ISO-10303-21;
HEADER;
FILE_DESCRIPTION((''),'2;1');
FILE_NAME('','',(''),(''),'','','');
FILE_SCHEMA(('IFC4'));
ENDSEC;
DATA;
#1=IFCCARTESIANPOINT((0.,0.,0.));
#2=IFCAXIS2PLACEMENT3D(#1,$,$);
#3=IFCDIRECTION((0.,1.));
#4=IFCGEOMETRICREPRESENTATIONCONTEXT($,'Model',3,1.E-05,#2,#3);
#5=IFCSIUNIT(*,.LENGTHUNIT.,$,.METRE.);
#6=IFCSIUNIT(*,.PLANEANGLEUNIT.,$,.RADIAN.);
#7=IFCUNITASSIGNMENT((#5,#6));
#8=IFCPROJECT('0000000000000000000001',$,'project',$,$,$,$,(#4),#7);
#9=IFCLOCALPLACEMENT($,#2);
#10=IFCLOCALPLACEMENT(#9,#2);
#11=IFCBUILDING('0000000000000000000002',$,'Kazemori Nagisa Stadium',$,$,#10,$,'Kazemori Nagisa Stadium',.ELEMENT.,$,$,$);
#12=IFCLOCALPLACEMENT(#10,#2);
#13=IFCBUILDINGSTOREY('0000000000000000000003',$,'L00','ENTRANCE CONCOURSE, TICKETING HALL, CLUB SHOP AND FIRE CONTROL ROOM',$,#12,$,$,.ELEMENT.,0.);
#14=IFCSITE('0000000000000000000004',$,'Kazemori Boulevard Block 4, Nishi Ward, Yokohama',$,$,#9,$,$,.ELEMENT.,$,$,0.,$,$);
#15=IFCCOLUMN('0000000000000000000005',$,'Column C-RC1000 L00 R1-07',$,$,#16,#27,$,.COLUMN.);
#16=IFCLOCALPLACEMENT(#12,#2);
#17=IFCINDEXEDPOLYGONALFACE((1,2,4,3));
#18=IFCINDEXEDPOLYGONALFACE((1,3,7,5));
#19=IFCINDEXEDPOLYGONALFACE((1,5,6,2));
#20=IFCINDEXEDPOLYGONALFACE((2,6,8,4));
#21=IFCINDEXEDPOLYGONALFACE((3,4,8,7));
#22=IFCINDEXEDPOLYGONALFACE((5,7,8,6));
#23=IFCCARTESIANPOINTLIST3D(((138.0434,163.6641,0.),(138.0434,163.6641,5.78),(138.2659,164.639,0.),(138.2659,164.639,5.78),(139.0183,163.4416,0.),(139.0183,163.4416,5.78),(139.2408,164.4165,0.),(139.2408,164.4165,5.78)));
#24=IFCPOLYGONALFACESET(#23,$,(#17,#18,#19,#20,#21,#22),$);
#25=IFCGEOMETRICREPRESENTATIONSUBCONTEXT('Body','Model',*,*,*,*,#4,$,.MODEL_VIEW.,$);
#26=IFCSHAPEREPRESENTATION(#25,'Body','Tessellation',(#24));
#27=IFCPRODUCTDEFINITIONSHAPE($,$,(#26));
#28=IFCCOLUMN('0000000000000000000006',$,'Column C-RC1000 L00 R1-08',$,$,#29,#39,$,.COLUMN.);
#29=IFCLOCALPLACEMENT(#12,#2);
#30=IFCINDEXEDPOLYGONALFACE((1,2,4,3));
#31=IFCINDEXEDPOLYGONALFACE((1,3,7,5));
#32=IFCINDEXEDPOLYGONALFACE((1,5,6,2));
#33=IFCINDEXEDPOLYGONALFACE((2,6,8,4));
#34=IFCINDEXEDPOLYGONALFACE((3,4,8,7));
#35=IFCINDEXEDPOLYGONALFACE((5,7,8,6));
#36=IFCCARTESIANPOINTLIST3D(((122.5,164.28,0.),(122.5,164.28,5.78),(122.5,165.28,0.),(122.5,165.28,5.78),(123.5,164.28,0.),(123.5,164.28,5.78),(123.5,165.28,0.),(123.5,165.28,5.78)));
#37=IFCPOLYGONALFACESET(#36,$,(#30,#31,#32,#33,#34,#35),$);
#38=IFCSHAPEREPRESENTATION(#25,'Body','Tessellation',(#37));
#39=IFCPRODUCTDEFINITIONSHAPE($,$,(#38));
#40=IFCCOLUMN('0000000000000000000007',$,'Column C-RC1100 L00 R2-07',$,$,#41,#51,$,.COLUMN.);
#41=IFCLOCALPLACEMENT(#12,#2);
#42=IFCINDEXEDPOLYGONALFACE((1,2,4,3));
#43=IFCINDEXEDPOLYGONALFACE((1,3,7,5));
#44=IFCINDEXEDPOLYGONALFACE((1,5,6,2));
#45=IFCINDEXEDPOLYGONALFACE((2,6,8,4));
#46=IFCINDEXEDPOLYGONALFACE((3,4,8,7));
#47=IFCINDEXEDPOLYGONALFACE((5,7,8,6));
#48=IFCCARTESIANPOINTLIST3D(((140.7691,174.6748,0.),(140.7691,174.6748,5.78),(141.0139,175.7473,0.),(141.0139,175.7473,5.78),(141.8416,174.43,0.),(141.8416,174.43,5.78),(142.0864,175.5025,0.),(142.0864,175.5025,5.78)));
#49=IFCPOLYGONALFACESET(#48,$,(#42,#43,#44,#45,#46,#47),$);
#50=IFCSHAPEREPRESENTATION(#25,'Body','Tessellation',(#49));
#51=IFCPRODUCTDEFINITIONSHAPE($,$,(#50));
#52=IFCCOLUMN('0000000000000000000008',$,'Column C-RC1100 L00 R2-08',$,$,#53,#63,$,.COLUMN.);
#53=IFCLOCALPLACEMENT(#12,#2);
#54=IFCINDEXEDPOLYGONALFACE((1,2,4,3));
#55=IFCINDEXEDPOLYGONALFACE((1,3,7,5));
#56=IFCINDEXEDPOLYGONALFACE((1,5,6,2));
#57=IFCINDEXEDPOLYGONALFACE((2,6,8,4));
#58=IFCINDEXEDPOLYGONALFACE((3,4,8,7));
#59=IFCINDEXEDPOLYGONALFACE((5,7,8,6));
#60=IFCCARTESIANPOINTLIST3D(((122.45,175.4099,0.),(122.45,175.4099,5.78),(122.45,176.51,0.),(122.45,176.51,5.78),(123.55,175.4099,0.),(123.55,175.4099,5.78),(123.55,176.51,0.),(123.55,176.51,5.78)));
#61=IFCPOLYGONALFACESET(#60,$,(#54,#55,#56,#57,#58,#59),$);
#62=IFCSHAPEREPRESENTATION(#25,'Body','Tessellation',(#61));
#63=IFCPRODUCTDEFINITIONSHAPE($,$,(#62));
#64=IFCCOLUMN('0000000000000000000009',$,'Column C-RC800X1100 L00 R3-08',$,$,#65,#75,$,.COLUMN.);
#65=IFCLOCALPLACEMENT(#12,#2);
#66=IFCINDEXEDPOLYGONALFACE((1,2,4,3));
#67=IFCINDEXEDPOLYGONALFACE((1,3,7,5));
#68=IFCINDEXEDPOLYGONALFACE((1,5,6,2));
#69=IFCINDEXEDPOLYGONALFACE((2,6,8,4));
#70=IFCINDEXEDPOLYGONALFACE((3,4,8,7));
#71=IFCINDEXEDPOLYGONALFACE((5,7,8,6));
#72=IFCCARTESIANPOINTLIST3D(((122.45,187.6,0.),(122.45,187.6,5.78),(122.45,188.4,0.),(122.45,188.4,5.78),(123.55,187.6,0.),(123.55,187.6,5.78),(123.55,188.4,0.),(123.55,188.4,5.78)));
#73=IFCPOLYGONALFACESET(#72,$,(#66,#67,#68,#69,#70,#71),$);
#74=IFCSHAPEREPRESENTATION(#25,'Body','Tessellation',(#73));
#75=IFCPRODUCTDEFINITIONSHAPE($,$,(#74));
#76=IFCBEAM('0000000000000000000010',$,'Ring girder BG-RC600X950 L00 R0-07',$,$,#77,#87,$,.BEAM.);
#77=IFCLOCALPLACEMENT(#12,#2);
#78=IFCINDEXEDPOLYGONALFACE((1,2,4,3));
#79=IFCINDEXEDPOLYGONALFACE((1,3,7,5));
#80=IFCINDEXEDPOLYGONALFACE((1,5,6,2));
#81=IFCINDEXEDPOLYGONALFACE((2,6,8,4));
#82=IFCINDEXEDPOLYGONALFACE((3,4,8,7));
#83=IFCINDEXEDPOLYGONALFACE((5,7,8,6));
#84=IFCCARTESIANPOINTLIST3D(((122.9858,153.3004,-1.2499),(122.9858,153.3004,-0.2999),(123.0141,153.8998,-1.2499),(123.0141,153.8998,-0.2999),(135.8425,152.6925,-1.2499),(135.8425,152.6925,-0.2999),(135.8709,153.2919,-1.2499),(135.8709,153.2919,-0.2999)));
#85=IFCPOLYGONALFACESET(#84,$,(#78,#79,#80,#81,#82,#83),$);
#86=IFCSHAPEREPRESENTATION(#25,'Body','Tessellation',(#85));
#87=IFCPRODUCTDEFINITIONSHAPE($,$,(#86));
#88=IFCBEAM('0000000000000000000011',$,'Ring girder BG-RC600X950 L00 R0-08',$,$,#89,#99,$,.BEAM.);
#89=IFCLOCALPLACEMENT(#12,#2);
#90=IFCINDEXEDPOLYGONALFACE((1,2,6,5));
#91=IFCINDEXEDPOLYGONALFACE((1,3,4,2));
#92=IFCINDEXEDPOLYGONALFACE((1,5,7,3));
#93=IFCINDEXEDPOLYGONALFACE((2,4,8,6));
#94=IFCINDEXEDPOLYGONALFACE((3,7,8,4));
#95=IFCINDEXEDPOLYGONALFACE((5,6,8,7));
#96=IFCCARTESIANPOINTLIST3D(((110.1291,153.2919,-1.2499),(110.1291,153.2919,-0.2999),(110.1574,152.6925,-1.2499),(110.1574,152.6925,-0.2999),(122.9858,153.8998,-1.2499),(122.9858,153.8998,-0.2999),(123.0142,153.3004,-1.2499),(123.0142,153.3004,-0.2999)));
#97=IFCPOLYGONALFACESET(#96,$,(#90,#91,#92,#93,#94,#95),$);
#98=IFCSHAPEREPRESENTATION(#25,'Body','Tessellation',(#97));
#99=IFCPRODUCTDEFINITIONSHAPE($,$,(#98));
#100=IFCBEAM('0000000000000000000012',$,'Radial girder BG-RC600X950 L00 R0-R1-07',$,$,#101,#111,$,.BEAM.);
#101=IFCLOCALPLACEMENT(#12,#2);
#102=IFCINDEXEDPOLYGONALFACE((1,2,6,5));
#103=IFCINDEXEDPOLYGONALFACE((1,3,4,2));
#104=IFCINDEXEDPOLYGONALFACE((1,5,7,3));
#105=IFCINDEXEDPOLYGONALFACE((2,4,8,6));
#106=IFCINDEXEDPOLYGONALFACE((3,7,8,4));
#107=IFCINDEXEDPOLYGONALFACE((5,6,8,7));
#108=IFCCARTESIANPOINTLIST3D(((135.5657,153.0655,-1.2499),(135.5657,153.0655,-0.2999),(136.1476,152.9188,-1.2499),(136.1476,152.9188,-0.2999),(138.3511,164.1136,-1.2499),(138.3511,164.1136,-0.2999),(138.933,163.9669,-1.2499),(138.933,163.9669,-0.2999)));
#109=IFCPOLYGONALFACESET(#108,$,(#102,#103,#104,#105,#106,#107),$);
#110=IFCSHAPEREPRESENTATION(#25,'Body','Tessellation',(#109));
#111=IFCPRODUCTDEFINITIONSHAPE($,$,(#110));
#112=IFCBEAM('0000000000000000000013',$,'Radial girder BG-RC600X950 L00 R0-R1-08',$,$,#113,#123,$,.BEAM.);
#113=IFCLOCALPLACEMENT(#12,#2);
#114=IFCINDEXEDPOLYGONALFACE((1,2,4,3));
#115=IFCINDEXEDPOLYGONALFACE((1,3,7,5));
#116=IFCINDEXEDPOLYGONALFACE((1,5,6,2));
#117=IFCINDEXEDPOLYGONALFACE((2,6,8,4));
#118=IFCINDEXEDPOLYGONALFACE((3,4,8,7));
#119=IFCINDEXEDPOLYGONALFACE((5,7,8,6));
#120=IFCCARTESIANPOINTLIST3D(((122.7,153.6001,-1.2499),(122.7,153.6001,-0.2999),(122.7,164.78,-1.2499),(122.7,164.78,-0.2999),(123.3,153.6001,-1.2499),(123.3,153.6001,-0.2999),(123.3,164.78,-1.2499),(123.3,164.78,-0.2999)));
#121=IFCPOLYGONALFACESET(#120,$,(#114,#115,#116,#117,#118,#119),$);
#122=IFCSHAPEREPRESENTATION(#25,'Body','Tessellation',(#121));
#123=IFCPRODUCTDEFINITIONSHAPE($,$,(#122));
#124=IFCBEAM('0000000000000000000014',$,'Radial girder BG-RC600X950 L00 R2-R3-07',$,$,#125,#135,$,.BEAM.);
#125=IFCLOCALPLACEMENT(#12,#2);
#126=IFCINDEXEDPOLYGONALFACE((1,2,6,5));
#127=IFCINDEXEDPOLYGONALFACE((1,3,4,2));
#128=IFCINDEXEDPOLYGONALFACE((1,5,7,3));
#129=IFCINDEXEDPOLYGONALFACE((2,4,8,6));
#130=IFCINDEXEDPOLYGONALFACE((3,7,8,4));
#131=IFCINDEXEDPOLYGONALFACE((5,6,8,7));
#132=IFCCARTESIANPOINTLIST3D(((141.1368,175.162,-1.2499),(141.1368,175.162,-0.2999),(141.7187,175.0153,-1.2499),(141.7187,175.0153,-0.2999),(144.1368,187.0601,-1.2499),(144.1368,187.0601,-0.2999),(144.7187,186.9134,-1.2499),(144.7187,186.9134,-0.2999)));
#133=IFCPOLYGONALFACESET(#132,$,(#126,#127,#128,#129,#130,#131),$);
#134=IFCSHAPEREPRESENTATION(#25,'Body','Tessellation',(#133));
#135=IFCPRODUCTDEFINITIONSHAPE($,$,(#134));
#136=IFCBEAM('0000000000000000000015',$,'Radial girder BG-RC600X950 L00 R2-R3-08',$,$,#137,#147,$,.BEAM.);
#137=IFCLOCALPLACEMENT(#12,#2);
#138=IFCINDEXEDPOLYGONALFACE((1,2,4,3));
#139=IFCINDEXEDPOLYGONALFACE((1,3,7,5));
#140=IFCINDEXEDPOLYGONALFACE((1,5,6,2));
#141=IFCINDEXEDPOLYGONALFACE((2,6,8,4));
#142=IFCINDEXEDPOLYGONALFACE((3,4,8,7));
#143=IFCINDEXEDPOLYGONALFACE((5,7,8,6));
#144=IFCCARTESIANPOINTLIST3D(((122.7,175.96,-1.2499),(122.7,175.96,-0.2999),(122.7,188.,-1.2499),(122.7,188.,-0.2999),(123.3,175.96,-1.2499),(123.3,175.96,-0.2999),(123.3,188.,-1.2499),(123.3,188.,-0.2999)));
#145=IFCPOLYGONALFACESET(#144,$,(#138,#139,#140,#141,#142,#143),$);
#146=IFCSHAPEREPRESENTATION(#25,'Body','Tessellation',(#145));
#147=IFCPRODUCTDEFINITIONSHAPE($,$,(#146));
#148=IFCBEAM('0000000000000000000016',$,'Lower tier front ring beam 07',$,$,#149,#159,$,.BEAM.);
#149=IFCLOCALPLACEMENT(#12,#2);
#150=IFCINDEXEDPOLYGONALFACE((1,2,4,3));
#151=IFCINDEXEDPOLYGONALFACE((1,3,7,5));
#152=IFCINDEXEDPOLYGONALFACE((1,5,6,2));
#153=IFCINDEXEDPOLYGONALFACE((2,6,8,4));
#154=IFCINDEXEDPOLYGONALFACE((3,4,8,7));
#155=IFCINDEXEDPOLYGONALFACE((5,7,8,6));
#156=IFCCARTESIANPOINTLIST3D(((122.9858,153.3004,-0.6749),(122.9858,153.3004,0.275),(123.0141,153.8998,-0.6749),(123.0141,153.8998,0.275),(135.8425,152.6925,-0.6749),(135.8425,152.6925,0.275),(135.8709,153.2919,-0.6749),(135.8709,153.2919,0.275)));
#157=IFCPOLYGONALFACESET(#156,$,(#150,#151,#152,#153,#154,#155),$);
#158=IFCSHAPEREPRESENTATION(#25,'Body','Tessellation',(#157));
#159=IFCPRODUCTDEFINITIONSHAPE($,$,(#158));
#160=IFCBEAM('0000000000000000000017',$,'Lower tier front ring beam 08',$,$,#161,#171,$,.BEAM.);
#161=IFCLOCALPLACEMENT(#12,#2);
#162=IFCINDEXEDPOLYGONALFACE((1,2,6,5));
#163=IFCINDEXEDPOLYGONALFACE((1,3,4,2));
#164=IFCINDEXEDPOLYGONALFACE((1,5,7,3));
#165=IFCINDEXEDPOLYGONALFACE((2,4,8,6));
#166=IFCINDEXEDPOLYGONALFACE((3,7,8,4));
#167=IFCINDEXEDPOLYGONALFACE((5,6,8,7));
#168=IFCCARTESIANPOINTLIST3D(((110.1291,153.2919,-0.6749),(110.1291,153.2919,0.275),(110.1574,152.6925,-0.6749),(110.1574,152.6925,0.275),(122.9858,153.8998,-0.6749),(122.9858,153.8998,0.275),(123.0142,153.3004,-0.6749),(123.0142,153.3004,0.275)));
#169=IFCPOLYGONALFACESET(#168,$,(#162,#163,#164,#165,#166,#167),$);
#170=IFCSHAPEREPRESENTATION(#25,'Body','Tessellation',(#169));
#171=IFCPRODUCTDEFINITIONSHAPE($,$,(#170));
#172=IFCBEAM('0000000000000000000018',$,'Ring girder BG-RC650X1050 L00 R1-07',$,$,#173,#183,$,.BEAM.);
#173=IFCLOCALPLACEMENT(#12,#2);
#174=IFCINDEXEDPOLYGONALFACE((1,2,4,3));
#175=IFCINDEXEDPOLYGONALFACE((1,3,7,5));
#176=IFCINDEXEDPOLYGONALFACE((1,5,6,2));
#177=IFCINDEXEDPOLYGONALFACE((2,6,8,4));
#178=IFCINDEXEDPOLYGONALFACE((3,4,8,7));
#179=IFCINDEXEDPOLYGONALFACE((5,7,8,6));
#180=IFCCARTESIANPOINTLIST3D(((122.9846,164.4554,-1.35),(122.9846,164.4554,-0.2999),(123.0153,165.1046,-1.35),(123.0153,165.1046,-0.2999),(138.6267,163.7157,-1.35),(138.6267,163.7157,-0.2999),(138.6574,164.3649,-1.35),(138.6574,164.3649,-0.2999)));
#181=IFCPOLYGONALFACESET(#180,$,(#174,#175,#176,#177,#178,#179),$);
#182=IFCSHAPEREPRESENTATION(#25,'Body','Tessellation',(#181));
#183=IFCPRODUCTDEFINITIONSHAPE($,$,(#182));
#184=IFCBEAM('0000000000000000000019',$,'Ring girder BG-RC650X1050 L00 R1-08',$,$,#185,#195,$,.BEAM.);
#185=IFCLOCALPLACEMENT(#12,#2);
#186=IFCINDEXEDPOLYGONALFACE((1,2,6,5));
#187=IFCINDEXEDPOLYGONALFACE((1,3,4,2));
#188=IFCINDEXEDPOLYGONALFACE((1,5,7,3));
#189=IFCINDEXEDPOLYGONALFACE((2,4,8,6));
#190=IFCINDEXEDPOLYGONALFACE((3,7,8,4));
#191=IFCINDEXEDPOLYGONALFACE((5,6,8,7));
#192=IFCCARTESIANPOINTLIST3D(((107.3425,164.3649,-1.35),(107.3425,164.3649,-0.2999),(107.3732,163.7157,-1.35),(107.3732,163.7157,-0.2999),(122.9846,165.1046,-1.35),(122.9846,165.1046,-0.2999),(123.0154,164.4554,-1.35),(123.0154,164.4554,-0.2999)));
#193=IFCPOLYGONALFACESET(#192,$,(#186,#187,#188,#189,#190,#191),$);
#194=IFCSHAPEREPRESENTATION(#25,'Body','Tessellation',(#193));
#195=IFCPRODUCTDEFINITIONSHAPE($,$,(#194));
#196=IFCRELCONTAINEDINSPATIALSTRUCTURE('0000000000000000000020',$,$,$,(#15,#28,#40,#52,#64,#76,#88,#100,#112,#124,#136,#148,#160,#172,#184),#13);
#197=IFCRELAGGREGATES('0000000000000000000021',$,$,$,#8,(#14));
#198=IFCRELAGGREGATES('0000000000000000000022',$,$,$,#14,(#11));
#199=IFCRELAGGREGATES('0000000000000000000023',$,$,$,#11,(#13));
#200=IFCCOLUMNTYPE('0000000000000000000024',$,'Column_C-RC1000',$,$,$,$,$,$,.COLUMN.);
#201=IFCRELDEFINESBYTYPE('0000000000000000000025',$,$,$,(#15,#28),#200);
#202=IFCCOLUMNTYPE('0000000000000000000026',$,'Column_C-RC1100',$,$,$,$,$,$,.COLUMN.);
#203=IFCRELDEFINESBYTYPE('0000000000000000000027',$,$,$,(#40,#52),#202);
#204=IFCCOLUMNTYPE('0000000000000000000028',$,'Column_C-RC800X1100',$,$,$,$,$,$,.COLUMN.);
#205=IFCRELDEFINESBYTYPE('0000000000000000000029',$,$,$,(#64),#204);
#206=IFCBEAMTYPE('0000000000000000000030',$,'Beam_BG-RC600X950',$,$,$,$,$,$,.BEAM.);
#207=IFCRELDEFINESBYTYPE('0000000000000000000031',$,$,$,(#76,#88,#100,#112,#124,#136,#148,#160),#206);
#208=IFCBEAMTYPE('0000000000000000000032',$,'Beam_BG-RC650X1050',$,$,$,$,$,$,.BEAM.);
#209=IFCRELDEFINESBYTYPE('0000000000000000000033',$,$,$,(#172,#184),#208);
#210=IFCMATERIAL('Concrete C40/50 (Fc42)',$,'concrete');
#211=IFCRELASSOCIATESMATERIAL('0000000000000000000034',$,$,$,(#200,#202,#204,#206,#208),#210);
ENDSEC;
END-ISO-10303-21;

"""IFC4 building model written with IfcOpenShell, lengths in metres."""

from ifc_helpers import new_model, si_unit, direction, frame, origin, origin_2d, place, context, subcontext, project, spatial, rectangle, extrude, material, material_profile, profile_set, type_object, element, save


model = new_model("IFC4")

# Units and contexts
model_context = context("Model", 3, precision=1e-05, world=origin(), true_north=direction((0.0, 1.0)))
body_context = subcontext(model_context, "Body", "Model", "MODEL_VIEW")
ifc_project = project(units=[si_unit("LENGTHUNIT", "METRE"), si_unit("PLANEANGLEUNIT", "RADIAN")], contexts=[model_context])

# Site, building, storey
site_placement = place(None, origin())
site = spatial("IfcSite", under=ifc_project, at=site_placement, Name="Kazemori Boulevard Block 4, Nishi Ward, Yokohama", CompositionType="ELEMENT", RefElevation=0.0)
building_placement = place(site_placement, origin())
building = spatial("IfcBuilding", under=site, at=building_placement, Name="Kazemori Nagisa Stadium", LongName="Kazemori Nagisa Stadium", CompositionType="ELEMENT")
storey_placement = place(building_placement, origin())
storey = spatial("IfcBuildingStorey", under=building, at=storey_placement, Name="L00", Description="ENTRANCE CONCOURSE, TICKETING HALL, CLUB SHOP AND FIRE CONTROL ROOM", CompositionType="ELEMENT", Elevation=0.0)

# Columns
ifc_material_1 = material(Name="Concrete C40/50 (Fc42)", Category="concrete")
ifc_material_profile_1 = material_profile(ifc_material_1, rectangle(XDim=1.0, YDim=1.0, at=origin_2d()), Name="RC-COL-1000x1000")
ifc_profile_set_1 = profile_set([ifc_material_profile_1], Name="Concrete C40/50 (Fc42)")
column_type_1 = type_object("IfcColumnType", Name="Column_C-RC1000", PredefinedType="COLUMN", material=ifc_profile_set_1)
for number, where, z_axis, x_axis, name in (
    (1, (138.6421, 164.0403, 0.0), (0.0, 0.0, 1.0), (0.222521, 0.974928, 0.0), "Column C-RC1000 L00 R1-07"),
    (2, (123.0, 164.78, 0.0), (0.0, 0.0, 1.0), (0.0, 1.0, 0.0), "Column C-RC1000 L00 R1-08"),
):
    element("IfcColumn", number, at=place(storey_placement, frame(where, z_axis=z_axis, x_axis=x_axis)), inside=storey, type_object=column_type_1, Name=name, PredefinedType="COLUMN", context=body_context, shape_type="SweptSolid", body=[
        extrude(rectangle(XDim=1.0, YDim=1.0, at=origin_2d()), origin(), (0.0, 0.0, 1.0), 5.78),
    ])
ifc_material_profile_2 = material_profile(ifc_material_1, rectangle(XDim=1.1001, YDim=1.1001, at=origin_2d()), Name="RC-COL-1100x1100")
ifc_profile_set_2 = profile_set([ifc_material_profile_2], Name="Concrete C40/50 (Fc42)")
column_type_2 = type_object("IfcColumnType", Name="Column_C-RC1100", PredefinedType="COLUMN", material=ifc_profile_set_2)
for number, where, z_axis, x_axis, name in (
    (3, (141.4277, 175.0886, 0.0), (0.0, 0.0, 1.0), (0.222521, 0.974928, 0.0), "Column C-RC1100 L00 R2-07"),
    (4, (123.0, 175.96, 0.0), (0.0, 0.0, 1.0), (0.0, 1.0, 0.0), "Column C-RC1100 L00 R2-08"),
):
    element("IfcColumn", number, at=place(storey_placement, frame(where, z_axis=z_axis, x_axis=x_axis)), inside=storey, type_object=column_type_2, Name=name, PredefinedType="COLUMN", context=body_context, shape_type="SweptSolid", body=[
        extrude(rectangle(XDim=1.1001, YDim=1.1001, at=origin_2d()), origin(), (0.0, 0.0, 1.0), 5.78),
    ])
ifc_material_profile_3 = material_profile(ifc_material_1, rectangle(XDim=0.8, YDim=1.1001, at=origin_2d()), Name="RC-COL-800x1100")
ifc_profile_set_3 = profile_set([ifc_material_profile_3], Name="Concrete C40/50 (Fc42)")
column_type_3 = type_object("IfcColumnType", Name="Column_C-RC800X1100", PredefinedType="COLUMN", material=ifc_profile_set_3)
column_placement = place(storey_placement, frame((123.0, 188.0, 0.0), z_axis=(0.0, 0.0, 1.0), x_axis=(0.0, 1.0, 0.0)))
element("IfcColumn", 5, at=column_placement, inside=storey, type_object=column_type_3, Name="Column C-RC800X1100 L00 R3-08", PredefinedType="COLUMN", context=body_context, shape_type="SweptSolid", body=[
    extrude(rectangle(XDim=0.8, YDim=1.1001, at=origin_2d()), origin(), (0.0, 0.0, 1.0), 5.78),
])

# Beams
ifc_material_profile_4 = material_profile(ifc_material_1, rectangle(XDim=0.6001, YDim=0.95, at=origin_2d()), Name="RC-BM-600x950")
ifc_profile_set_4 = profile_set([ifc_material_profile_4], Name="Concrete C40/50 (Fc42)")
beam_type_1 = type_object("IfcBeamType", Name="Beam_BG-RC600X950", PredefinedType="BEAM", material=ifc_profile_set_4)
for number, where, z_axis, x_axis, name in (
    (6, (135.8567, 152.9922, -0.7749), (-0.998884, 0.047231, 0.0), (-0.047231, -0.998884, 0.0), "Ring girder BG-RC600X950 L00 R0-07"),
    (7, (123.0, 153.6001, -0.7749), (-0.998884, -0.047231, 0.0), (0.047231, -0.998884, 0.0), "Ring girder BG-RC600X950 L00 R0-08"),
):
    element("IfcBeam", number, at=place(storey_placement, frame(where, z_axis=z_axis, x_axis=x_axis)), inside=storey, type_object=beam_type_1, Name=name, PredefinedType="BEAM", context=body_context, shape_type="SweptSolid", body=[
        extrude(rectangle(XDim=0.6001, YDim=0.95, at=origin_2d()), origin(), (0.0, 0.0, 1.0), 12.8711),
    ])
beam_1_placement = place(storey_placement, frame((135.8567, 152.9922, -0.7749), z_axis=(0.244466, 0.969658, 0.0), x_axis=(-0.969658, 0.244466, 0.0)))
element("IfcBeam", 8, at=beam_1_placement, inside=storey, type_object=beam_type_1, Name="Radial girder BG-RC600X950 L00 R0-R1-07", PredefinedType="BEAM", context=body_context, shape_type="SweptSolid", body=[
    extrude(rectangle(XDim=0.6001, YDim=0.95, at=origin_2d()), origin(), (0.0, 0.0, 1.0), 11.3938),
])
beam_2_placement = place(storey_placement, frame((123.0, 153.6001, -0.7749), z_axis=(0.0, 1.0, 0.0), x_axis=(-1.0, 0.0, 0.0)))
element("IfcBeam", 9, at=beam_2_placement, inside=storey, type_object=beam_type_1, Name="Radial girder BG-RC600X950 L00 R0-R1-08", PredefinedType="BEAM", context=body_context, shape_type="SweptSolid", body=[
    extrude(rectangle(XDim=0.6001, YDim=0.95, at=origin_2d()), origin(), (0.0, 0.0, 1.0), 11.1799),
])
beam_3_placement = place(storey_placement, frame((141.4277, 175.0886, -0.7749), z_axis=(0.244487, 0.969652, 0.0), x_axis=(-0.969652, 0.244487, 0.0)))
element("IfcBeam", 10, at=beam_3_placement, inside=storey, type_object=beam_type_1, Name="Radial girder BG-RC600X950 L00 R2-R3-07", PredefinedType="BEAM", context=body_context, shape_type="SweptSolid", body=[
    extrude(rectangle(XDim=0.6001, YDim=0.95, at=origin_2d()), origin(), (0.0, 0.0, 1.0), 12.2705),
])
beam_4_placement = place(storey_placement, frame((123.0, 175.96, -0.7749), z_axis=(0.0, 1.0, 0.0), x_axis=(-1.0, 0.0, 0.0)))
element("IfcBeam", 11, at=beam_4_placement, inside=storey, type_object=beam_type_1, Name="Radial girder BG-RC600X950 L00 R2-R3-08", PredefinedType="BEAM", context=body_context, shape_type="SweptSolid", body=[
    extrude(rectangle(XDim=0.6001, YDim=0.95, at=origin_2d()), origin(), (0.0, 0.0, 1.0), 12.04),
])
for number, where, z_axis, x_axis, name in (
    (12, (135.8567, 152.9922, -0.2), (-0.998884, 0.047231, 0.0), (-0.047231, -0.998884, 0.0), "Lower tier front ring beam 07"),
    (13, (123.0, 153.6001, -0.2), (-0.998884, -0.047231, 0.0), (0.047231, -0.998884, 0.0), "Lower tier front ring beam 08"),
):
    element("IfcBeam", number, at=place(storey_placement, frame(where, z_axis=z_axis, x_axis=x_axis)), inside=storey, type_object=beam_type_1, Name=name, PredefinedType="BEAM", context=body_context, shape_type="SweptSolid", body=[
        extrude(rectangle(XDim=0.6001, YDim=0.95, at=origin_2d()), origin(), (0.0, 0.0, 1.0), 12.8711),
    ])
ifc_material_profile_5 = material_profile(ifc_material_1, rectangle(XDim=0.6499, YDim=1.05, at=origin_2d()), Name="RC-BM-650x1050")
ifc_profile_set_5 = profile_set([ifc_material_profile_5], Name="Concrete C40/50 (Fc42)")
beam_type_2 = type_object("IfcBeamType", Name="Beam_BG-RC650X1050", PredefinedType="BEAM", material=ifc_profile_set_5)
for number, where, z_axis, x_axis, name in (
    (14, (138.6421, 164.0403, -0.825), (-0.998884, 0.047239, 0.0), (-0.047239, -0.998884, 0.0), "Ring girder BG-RC650X1050 L00 R1-07"),
    (15, (123.0, 164.78, -0.825), (-0.998884, -0.047239, 0.0), (0.047239, -0.998884, 0.0), "Ring girder BG-RC650X1050 L00 R1-08"),
):
    element("IfcBeam", number, at=place(storey_placement, frame(where, z_axis=z_axis, x_axis=x_axis)), inside=storey, type_object=beam_type_2, Name=name, PredefinedType="BEAM", context=body_context, shape_type="SweptSolid", body=[
        extrude(rectangle(XDim=0.6499, YDim=1.05, at=origin_2d()), origin(), (0.0, 0.0, 1.0), 15.6597),
    ])

save(model, "model.ifc")
